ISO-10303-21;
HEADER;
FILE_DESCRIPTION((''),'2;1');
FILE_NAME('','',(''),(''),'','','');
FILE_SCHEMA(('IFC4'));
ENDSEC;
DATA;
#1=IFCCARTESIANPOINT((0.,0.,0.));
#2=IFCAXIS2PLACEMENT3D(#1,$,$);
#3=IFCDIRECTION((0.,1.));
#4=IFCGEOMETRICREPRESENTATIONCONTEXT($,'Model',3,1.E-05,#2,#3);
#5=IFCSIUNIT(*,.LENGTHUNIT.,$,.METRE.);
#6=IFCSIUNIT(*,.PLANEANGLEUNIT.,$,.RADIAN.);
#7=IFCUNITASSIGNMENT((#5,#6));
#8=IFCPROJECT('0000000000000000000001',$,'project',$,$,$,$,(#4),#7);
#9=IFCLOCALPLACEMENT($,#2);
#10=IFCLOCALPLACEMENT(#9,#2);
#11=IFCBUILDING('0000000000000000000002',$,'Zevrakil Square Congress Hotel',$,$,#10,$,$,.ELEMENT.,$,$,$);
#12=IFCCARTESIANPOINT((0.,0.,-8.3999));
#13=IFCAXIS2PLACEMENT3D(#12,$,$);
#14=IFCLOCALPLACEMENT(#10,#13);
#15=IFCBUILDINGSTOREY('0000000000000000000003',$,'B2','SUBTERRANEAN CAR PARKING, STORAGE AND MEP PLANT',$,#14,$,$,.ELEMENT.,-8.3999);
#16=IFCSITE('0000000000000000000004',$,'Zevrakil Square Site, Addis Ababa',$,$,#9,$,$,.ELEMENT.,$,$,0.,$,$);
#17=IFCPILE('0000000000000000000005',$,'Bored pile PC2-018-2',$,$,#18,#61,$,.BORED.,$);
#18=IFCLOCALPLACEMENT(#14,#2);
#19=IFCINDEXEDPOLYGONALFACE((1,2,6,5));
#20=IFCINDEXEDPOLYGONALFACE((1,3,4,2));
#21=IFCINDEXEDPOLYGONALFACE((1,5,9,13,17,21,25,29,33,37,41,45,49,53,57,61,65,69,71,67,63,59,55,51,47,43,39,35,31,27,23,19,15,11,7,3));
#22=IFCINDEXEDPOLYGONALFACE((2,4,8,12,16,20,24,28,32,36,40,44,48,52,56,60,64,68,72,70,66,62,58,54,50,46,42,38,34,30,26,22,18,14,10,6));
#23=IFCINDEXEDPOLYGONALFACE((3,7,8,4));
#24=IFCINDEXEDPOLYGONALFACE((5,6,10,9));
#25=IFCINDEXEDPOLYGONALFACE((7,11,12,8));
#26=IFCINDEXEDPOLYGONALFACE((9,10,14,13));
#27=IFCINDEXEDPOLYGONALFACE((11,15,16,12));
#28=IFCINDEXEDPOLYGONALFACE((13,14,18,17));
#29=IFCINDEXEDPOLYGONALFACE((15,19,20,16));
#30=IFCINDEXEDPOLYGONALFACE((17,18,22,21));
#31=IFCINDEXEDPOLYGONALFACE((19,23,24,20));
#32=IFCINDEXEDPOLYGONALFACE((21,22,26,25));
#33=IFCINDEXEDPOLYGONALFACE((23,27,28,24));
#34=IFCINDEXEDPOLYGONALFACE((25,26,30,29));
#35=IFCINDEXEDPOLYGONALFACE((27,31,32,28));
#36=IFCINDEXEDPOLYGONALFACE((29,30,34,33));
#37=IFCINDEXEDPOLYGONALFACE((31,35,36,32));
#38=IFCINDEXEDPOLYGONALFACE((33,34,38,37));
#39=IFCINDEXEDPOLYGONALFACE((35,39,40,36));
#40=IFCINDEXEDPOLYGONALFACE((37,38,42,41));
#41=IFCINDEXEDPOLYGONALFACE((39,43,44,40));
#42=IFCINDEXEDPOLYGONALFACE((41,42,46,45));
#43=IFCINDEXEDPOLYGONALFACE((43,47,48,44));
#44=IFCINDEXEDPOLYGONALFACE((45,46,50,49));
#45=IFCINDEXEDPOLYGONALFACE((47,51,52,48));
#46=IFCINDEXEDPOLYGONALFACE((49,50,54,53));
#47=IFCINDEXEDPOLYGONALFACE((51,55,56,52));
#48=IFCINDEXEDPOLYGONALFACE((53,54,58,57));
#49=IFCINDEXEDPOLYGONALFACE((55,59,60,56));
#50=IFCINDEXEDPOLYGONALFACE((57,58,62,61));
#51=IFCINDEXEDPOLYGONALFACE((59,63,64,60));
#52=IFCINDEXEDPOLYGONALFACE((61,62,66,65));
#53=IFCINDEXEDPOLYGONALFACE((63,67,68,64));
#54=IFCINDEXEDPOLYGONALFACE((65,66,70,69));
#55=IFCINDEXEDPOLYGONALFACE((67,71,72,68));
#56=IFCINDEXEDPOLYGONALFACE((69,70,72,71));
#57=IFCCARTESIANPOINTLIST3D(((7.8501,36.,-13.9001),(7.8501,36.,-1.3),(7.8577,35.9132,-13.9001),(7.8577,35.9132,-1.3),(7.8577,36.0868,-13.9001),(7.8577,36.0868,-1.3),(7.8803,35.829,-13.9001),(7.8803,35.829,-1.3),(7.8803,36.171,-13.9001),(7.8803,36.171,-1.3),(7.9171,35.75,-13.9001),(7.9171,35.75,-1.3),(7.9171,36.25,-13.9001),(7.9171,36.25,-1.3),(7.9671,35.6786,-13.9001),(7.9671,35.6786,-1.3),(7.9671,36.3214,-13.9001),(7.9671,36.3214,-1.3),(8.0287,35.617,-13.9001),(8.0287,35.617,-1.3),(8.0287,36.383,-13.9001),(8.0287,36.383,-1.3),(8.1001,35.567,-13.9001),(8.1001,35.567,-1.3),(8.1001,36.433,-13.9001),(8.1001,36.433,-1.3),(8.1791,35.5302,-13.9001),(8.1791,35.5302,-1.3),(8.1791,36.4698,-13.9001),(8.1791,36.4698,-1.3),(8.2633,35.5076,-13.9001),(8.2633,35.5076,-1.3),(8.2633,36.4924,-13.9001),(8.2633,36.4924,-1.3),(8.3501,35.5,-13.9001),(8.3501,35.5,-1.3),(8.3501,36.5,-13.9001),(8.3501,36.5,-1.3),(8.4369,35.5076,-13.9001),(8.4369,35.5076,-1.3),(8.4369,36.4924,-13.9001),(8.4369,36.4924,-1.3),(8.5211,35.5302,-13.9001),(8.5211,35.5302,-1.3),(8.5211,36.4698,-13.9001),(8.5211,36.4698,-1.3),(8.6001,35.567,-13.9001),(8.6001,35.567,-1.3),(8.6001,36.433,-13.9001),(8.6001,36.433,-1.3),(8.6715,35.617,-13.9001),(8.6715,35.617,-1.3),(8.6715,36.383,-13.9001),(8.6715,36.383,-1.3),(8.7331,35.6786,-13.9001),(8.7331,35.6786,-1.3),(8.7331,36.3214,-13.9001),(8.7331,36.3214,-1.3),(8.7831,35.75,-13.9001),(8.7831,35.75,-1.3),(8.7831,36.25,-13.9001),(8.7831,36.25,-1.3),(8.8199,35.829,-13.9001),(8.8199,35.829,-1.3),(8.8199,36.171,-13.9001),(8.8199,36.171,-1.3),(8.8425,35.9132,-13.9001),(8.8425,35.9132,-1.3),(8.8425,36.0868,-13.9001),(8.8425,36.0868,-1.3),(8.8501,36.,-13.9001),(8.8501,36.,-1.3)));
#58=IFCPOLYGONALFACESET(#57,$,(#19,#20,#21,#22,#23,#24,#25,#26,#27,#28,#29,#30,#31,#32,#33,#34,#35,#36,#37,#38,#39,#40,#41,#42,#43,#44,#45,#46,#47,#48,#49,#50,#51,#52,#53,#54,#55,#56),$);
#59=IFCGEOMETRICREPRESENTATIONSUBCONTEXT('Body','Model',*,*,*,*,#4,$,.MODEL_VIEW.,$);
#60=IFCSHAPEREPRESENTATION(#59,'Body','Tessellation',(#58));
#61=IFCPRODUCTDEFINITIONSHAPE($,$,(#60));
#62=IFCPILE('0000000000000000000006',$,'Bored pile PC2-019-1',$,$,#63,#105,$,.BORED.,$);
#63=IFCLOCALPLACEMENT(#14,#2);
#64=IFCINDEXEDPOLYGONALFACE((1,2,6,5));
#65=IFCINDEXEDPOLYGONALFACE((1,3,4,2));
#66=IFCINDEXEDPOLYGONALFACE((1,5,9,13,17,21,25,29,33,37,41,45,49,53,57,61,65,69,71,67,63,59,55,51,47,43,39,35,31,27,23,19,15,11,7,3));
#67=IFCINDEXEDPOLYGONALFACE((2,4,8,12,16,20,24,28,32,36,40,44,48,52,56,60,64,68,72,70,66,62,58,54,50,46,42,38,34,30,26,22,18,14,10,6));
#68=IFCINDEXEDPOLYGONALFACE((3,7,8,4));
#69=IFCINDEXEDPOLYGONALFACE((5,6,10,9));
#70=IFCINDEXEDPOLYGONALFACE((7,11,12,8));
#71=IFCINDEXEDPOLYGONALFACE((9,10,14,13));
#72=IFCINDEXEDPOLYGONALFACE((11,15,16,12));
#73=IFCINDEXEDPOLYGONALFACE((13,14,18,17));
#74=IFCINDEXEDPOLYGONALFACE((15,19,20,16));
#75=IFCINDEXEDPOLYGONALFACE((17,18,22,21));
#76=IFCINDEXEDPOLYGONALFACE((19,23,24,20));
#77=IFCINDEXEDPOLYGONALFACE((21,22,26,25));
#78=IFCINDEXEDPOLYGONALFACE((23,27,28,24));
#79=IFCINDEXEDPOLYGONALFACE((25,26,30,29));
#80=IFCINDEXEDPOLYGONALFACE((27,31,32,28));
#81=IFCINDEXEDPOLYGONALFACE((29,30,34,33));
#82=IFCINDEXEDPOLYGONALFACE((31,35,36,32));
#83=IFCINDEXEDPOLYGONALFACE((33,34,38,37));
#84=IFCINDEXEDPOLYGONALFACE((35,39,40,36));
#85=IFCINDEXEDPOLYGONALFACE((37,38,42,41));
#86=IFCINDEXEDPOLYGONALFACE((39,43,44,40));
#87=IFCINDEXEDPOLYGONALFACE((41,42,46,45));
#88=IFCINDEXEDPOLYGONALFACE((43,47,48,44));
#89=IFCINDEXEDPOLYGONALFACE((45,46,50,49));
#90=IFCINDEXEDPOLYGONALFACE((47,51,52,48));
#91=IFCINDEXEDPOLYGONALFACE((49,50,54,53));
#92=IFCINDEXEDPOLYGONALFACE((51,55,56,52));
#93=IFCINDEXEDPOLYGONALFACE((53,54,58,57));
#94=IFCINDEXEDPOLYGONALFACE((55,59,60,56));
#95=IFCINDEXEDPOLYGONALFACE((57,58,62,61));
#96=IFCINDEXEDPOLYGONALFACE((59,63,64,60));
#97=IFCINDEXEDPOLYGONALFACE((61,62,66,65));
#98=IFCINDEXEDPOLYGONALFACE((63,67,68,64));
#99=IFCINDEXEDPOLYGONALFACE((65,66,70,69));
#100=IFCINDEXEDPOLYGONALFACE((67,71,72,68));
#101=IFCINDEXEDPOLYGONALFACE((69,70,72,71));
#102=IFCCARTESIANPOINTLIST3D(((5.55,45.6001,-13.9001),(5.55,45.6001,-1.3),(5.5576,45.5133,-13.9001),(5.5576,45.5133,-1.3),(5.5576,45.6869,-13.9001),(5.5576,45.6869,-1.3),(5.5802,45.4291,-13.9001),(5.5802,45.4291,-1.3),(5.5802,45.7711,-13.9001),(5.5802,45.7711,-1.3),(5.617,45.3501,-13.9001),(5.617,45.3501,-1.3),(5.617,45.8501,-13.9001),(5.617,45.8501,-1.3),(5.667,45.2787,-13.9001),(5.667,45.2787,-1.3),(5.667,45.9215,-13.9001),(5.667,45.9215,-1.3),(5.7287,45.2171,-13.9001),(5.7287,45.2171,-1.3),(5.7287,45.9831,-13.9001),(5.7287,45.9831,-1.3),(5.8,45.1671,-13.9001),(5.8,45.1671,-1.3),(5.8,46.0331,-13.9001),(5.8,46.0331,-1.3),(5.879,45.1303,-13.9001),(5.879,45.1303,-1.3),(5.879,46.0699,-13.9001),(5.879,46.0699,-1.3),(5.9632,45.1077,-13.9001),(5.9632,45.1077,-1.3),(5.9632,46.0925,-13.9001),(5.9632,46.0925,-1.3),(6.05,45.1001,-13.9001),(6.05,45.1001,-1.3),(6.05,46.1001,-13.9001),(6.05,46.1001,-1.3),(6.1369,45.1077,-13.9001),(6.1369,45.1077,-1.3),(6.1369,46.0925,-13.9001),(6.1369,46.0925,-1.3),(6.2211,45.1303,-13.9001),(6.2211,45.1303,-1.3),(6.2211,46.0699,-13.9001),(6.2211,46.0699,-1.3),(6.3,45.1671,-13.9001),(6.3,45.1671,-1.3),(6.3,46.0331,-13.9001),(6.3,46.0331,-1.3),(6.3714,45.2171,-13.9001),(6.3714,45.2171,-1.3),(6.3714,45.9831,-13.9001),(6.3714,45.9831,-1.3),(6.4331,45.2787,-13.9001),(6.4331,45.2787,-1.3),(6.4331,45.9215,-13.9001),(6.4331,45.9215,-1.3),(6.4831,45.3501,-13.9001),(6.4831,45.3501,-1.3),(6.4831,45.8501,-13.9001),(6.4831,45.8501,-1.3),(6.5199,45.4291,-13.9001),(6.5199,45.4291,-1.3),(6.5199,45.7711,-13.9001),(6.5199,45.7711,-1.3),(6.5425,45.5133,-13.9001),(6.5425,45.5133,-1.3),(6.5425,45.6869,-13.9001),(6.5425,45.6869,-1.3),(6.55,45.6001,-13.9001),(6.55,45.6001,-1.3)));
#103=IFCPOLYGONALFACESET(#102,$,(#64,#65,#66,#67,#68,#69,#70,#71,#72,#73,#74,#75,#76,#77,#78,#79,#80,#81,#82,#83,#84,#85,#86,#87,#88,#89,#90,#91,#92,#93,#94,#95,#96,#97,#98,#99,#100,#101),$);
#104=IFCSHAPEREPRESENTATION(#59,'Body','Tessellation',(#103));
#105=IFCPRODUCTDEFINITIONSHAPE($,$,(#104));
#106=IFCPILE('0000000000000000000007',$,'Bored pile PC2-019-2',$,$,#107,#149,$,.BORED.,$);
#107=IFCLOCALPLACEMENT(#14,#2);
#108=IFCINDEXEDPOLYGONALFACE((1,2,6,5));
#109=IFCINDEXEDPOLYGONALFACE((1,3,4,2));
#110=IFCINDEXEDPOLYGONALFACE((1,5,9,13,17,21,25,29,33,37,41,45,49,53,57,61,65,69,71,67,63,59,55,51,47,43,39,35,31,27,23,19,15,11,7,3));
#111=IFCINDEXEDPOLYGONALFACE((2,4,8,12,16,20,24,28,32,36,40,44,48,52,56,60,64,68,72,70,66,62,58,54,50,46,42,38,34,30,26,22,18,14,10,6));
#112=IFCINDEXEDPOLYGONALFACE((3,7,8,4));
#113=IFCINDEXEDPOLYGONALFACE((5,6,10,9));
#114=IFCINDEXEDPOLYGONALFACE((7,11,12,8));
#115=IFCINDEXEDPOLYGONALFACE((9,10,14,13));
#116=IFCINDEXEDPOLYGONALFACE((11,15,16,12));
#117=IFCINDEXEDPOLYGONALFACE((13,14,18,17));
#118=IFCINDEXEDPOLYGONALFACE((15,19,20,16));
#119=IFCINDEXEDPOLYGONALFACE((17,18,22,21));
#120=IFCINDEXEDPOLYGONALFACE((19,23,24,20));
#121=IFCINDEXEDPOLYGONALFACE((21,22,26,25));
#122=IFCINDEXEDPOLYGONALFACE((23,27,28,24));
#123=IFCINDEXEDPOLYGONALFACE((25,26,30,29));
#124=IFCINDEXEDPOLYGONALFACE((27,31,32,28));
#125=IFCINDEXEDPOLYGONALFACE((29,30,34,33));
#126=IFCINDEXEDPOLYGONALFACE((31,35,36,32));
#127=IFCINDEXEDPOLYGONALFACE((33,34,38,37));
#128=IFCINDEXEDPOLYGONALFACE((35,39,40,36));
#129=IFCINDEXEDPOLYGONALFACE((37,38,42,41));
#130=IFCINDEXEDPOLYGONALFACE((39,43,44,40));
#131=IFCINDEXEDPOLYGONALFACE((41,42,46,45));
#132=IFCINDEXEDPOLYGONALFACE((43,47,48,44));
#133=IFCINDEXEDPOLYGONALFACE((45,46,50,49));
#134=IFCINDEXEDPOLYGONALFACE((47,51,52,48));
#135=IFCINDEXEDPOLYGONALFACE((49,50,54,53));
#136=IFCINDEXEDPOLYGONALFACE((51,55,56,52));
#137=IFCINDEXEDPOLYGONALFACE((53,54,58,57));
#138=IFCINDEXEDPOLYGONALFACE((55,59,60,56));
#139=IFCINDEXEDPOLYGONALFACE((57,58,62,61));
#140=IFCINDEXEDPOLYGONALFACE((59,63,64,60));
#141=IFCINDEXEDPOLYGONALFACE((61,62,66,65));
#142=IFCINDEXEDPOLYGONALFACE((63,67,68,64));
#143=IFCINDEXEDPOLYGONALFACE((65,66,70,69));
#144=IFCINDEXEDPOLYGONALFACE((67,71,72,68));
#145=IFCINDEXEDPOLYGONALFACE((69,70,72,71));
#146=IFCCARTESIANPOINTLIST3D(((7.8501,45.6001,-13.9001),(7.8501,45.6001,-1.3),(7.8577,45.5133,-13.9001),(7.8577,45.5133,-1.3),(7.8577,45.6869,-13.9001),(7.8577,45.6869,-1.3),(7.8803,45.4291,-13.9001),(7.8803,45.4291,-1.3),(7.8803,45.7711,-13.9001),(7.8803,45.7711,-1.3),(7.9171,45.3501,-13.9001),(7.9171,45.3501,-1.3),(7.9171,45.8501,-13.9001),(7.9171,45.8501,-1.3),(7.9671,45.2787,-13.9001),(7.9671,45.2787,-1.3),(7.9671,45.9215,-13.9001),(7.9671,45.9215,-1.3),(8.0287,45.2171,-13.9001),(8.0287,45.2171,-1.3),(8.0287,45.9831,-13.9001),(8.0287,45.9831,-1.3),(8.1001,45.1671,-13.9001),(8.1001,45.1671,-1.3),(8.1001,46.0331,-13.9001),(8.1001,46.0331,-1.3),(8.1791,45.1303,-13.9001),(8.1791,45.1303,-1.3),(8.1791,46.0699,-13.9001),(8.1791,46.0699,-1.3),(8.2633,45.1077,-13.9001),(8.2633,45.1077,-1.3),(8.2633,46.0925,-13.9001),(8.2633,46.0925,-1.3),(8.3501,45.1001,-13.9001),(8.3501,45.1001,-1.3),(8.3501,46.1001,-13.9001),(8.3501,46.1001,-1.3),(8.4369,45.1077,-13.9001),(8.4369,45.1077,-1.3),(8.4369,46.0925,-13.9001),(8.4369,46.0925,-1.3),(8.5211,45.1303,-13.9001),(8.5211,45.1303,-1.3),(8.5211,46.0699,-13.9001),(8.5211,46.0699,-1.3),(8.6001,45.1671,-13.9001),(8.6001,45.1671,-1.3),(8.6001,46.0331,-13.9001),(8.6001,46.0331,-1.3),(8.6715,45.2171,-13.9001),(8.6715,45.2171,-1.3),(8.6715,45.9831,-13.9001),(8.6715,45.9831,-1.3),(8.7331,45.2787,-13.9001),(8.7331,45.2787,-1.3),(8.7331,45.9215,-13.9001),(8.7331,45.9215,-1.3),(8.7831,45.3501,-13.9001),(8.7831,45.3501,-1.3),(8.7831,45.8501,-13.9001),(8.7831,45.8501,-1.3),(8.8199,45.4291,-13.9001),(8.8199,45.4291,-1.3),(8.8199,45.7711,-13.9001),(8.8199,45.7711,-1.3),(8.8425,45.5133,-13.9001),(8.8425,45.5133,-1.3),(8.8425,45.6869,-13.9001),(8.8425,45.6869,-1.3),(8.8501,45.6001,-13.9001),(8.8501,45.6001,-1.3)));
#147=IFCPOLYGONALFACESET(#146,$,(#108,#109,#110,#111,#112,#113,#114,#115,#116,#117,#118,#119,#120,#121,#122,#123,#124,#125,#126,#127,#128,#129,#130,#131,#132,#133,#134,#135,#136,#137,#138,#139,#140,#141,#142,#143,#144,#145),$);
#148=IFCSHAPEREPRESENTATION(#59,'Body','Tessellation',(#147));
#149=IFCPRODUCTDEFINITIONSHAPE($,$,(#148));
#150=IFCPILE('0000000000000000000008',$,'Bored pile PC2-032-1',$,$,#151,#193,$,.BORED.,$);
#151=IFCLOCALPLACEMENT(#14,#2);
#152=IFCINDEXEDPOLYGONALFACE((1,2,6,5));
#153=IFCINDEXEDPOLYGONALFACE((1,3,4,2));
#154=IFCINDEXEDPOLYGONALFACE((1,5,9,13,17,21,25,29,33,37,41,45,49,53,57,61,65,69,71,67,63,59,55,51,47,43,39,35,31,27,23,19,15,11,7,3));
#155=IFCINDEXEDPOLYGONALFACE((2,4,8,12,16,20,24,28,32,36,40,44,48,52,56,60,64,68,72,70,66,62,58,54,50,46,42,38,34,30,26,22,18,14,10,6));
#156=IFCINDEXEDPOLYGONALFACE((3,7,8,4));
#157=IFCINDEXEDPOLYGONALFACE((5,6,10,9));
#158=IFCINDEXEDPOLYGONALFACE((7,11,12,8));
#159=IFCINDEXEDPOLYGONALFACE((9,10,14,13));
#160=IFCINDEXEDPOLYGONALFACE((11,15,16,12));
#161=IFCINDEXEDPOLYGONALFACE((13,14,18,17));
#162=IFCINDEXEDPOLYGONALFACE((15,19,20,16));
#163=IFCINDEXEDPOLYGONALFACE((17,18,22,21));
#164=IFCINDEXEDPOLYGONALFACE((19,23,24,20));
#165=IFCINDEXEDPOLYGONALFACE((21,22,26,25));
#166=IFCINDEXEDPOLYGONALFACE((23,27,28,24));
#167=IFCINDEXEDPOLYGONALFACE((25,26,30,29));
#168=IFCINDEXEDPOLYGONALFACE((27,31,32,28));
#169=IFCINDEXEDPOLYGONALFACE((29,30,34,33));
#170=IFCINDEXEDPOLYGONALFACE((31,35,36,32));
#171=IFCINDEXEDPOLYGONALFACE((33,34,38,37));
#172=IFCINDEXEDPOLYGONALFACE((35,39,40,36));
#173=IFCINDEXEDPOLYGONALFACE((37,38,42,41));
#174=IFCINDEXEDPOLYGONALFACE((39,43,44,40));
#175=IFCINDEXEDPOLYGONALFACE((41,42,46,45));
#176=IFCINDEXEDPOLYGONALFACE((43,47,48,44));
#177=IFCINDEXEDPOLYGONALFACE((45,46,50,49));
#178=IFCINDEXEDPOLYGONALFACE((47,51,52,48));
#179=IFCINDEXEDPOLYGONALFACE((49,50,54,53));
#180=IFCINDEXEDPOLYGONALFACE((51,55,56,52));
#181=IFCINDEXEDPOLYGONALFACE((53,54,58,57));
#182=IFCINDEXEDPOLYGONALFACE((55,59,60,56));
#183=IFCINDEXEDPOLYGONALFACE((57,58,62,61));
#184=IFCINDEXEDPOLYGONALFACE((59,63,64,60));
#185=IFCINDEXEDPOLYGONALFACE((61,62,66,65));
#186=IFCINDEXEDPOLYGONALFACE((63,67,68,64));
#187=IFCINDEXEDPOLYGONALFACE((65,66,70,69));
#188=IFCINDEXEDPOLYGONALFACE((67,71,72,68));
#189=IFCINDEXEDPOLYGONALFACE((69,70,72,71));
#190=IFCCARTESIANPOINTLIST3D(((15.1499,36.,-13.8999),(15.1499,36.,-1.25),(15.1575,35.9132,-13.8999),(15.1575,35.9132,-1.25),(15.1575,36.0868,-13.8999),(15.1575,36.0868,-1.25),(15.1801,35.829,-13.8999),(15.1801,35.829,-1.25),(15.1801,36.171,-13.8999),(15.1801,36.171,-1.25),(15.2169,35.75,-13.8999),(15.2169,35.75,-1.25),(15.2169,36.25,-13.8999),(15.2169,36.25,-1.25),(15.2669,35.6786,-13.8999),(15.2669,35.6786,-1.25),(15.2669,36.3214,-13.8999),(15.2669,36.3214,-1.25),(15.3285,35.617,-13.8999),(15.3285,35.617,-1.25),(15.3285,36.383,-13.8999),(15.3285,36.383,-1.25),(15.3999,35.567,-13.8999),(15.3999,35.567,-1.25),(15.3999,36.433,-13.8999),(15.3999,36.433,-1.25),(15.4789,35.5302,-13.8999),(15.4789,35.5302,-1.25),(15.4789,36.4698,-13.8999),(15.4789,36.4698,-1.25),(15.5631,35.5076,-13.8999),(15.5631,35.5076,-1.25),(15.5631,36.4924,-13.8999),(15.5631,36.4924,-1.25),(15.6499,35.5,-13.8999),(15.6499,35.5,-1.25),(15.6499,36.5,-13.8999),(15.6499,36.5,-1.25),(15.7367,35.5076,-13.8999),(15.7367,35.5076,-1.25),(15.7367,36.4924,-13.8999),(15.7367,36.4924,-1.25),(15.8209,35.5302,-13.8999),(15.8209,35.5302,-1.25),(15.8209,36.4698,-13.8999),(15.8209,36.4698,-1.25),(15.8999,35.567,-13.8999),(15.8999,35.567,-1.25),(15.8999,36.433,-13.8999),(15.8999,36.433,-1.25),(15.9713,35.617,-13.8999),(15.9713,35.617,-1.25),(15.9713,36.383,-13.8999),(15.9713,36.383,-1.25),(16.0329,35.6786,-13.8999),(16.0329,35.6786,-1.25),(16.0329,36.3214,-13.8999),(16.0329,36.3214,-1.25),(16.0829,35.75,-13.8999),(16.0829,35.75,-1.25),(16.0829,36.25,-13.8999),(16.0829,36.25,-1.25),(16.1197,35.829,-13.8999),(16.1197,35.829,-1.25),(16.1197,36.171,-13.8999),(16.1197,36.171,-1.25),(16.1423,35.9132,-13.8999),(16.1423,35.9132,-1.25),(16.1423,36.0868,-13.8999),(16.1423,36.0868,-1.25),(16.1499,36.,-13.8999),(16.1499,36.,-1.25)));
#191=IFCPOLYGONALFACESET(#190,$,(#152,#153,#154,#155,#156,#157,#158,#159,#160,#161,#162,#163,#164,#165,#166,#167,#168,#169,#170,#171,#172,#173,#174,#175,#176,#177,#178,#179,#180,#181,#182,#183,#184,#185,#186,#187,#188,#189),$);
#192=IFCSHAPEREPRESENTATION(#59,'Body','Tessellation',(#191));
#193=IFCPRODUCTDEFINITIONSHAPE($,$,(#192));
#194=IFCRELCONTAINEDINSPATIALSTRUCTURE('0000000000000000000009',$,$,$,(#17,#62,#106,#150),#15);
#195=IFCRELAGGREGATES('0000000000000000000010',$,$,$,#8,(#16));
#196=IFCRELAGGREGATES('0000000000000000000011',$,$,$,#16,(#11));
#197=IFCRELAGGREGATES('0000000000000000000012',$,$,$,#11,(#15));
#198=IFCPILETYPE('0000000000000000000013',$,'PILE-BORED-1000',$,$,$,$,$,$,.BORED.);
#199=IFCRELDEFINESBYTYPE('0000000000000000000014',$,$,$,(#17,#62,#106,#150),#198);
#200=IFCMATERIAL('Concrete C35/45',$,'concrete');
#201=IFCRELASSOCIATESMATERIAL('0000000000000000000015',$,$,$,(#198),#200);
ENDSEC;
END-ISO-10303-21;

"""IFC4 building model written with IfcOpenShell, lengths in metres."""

from ifc_helpers import new_model, si_unit, direction, frame, origin, origin_2d, place, context, subcontext, project, spatial, circle, extrude, material, material_profile, profile_set, type_object, element, save


model = new_model("IFC4")

# Units and contexts
model_context = context("Model", 3, precision=1e-05, world=origin(), true_north=direction((0.0, 1.0)))
body_context = subcontext(model_context, "Body", "Model", "MODEL_VIEW")
ifc_project = project(units=[si_unit("LENGTHUNIT", "METRE"), si_unit("PLANEANGLEUNIT", "RADIAN")], contexts=[model_context])

# Site, building, storey
site_placement = place(None, origin())
site = spatial("IfcSite", under=ifc_project, at=site_placement, Name="Zevrakil Square Site, Addis Ababa", CompositionType="ELEMENT", RefElevation=0.0)
building_placement = place(site_placement, origin())
building = spatial("IfcBuilding", under=site, at=building_placement, Name="Zevrakil Square Congress Hotel", CompositionType="ELEMENT")
storey_placement = place(building_placement, frame((0.0, 0.0, -8.3999)))
storey = spatial("IfcBuildingStorey", under=building, at=storey_placement, Name="B2", Description="SUBTERRANEAN CAR PARKING, STORAGE AND MEP PLANT", CompositionType="ELEMENT", Elevation=-8.3999)

# Piles
ifc_material_1 = material(Name="Concrete C35/45", Category="concrete")
ifc_material_profile_1 = material_profile(ifc_material_1, circle(Radius=0.5, at=origin_2d()), Name="PILE D1000")
ifc_profile_set_1 = profile_set([ifc_material_profile_1], Name="Concrete C35/45")
pile_type = type_object("IfcPileType", Name="PILE-BORED-1000", PredefinedType="BORED", material=ifc_profile_set_1)
for number, where, z_axis, x_axis, name in (
    (1, (8.3501, 36.0, -1.3), (0.0, 0.0, -1.0), (1.0, 0.0, 0.0), "Bored pile PC2-018-2"),
    (2, (6.05, 45.6001, -1.3), (0.0, 0.0, -1.0), (1.0, 0.0, 0.0), "Bored pile PC2-019-1"),
    (3, (8.3501, 45.6001, -1.3), (0.0, 0.0, -1.0), (1.0, 0.0, 0.0), "Bored pile PC2-019-2"),
):
    element("IfcPile", number, at=place(storey_placement, frame(where, z_axis=z_axis, x_axis=x_axis)), inside=storey, type_object=pile_type, Name=name, PredefinedType="BORED", context=body_context, shape_type="SweptSolid", body=[
        extrude(circle(Radius=0.5, at=origin_2d()), origin(), (0.0, 0.0, 1.0), 12.6001),
    ])
pile_1_placement = place(storey_placement, frame((15.6499, 36.0, -1.25), z_axis=(0.0, 0.0, -1.0), x_axis=(1.0, 0.0, 0.0)))
element("IfcPile", 4, at=pile_1_placement, inside=storey, type_object=pile_type, Name="Bored pile PC2-032-1", PredefinedType="BORED", context=body_context, shape_type="SweptSolid", body=[
    extrude(circle(Radius=0.5, at=origin_2d()), origin(), (0.0, 0.0, 1.0), 12.6499),
])

save(model, "model.ifc")
